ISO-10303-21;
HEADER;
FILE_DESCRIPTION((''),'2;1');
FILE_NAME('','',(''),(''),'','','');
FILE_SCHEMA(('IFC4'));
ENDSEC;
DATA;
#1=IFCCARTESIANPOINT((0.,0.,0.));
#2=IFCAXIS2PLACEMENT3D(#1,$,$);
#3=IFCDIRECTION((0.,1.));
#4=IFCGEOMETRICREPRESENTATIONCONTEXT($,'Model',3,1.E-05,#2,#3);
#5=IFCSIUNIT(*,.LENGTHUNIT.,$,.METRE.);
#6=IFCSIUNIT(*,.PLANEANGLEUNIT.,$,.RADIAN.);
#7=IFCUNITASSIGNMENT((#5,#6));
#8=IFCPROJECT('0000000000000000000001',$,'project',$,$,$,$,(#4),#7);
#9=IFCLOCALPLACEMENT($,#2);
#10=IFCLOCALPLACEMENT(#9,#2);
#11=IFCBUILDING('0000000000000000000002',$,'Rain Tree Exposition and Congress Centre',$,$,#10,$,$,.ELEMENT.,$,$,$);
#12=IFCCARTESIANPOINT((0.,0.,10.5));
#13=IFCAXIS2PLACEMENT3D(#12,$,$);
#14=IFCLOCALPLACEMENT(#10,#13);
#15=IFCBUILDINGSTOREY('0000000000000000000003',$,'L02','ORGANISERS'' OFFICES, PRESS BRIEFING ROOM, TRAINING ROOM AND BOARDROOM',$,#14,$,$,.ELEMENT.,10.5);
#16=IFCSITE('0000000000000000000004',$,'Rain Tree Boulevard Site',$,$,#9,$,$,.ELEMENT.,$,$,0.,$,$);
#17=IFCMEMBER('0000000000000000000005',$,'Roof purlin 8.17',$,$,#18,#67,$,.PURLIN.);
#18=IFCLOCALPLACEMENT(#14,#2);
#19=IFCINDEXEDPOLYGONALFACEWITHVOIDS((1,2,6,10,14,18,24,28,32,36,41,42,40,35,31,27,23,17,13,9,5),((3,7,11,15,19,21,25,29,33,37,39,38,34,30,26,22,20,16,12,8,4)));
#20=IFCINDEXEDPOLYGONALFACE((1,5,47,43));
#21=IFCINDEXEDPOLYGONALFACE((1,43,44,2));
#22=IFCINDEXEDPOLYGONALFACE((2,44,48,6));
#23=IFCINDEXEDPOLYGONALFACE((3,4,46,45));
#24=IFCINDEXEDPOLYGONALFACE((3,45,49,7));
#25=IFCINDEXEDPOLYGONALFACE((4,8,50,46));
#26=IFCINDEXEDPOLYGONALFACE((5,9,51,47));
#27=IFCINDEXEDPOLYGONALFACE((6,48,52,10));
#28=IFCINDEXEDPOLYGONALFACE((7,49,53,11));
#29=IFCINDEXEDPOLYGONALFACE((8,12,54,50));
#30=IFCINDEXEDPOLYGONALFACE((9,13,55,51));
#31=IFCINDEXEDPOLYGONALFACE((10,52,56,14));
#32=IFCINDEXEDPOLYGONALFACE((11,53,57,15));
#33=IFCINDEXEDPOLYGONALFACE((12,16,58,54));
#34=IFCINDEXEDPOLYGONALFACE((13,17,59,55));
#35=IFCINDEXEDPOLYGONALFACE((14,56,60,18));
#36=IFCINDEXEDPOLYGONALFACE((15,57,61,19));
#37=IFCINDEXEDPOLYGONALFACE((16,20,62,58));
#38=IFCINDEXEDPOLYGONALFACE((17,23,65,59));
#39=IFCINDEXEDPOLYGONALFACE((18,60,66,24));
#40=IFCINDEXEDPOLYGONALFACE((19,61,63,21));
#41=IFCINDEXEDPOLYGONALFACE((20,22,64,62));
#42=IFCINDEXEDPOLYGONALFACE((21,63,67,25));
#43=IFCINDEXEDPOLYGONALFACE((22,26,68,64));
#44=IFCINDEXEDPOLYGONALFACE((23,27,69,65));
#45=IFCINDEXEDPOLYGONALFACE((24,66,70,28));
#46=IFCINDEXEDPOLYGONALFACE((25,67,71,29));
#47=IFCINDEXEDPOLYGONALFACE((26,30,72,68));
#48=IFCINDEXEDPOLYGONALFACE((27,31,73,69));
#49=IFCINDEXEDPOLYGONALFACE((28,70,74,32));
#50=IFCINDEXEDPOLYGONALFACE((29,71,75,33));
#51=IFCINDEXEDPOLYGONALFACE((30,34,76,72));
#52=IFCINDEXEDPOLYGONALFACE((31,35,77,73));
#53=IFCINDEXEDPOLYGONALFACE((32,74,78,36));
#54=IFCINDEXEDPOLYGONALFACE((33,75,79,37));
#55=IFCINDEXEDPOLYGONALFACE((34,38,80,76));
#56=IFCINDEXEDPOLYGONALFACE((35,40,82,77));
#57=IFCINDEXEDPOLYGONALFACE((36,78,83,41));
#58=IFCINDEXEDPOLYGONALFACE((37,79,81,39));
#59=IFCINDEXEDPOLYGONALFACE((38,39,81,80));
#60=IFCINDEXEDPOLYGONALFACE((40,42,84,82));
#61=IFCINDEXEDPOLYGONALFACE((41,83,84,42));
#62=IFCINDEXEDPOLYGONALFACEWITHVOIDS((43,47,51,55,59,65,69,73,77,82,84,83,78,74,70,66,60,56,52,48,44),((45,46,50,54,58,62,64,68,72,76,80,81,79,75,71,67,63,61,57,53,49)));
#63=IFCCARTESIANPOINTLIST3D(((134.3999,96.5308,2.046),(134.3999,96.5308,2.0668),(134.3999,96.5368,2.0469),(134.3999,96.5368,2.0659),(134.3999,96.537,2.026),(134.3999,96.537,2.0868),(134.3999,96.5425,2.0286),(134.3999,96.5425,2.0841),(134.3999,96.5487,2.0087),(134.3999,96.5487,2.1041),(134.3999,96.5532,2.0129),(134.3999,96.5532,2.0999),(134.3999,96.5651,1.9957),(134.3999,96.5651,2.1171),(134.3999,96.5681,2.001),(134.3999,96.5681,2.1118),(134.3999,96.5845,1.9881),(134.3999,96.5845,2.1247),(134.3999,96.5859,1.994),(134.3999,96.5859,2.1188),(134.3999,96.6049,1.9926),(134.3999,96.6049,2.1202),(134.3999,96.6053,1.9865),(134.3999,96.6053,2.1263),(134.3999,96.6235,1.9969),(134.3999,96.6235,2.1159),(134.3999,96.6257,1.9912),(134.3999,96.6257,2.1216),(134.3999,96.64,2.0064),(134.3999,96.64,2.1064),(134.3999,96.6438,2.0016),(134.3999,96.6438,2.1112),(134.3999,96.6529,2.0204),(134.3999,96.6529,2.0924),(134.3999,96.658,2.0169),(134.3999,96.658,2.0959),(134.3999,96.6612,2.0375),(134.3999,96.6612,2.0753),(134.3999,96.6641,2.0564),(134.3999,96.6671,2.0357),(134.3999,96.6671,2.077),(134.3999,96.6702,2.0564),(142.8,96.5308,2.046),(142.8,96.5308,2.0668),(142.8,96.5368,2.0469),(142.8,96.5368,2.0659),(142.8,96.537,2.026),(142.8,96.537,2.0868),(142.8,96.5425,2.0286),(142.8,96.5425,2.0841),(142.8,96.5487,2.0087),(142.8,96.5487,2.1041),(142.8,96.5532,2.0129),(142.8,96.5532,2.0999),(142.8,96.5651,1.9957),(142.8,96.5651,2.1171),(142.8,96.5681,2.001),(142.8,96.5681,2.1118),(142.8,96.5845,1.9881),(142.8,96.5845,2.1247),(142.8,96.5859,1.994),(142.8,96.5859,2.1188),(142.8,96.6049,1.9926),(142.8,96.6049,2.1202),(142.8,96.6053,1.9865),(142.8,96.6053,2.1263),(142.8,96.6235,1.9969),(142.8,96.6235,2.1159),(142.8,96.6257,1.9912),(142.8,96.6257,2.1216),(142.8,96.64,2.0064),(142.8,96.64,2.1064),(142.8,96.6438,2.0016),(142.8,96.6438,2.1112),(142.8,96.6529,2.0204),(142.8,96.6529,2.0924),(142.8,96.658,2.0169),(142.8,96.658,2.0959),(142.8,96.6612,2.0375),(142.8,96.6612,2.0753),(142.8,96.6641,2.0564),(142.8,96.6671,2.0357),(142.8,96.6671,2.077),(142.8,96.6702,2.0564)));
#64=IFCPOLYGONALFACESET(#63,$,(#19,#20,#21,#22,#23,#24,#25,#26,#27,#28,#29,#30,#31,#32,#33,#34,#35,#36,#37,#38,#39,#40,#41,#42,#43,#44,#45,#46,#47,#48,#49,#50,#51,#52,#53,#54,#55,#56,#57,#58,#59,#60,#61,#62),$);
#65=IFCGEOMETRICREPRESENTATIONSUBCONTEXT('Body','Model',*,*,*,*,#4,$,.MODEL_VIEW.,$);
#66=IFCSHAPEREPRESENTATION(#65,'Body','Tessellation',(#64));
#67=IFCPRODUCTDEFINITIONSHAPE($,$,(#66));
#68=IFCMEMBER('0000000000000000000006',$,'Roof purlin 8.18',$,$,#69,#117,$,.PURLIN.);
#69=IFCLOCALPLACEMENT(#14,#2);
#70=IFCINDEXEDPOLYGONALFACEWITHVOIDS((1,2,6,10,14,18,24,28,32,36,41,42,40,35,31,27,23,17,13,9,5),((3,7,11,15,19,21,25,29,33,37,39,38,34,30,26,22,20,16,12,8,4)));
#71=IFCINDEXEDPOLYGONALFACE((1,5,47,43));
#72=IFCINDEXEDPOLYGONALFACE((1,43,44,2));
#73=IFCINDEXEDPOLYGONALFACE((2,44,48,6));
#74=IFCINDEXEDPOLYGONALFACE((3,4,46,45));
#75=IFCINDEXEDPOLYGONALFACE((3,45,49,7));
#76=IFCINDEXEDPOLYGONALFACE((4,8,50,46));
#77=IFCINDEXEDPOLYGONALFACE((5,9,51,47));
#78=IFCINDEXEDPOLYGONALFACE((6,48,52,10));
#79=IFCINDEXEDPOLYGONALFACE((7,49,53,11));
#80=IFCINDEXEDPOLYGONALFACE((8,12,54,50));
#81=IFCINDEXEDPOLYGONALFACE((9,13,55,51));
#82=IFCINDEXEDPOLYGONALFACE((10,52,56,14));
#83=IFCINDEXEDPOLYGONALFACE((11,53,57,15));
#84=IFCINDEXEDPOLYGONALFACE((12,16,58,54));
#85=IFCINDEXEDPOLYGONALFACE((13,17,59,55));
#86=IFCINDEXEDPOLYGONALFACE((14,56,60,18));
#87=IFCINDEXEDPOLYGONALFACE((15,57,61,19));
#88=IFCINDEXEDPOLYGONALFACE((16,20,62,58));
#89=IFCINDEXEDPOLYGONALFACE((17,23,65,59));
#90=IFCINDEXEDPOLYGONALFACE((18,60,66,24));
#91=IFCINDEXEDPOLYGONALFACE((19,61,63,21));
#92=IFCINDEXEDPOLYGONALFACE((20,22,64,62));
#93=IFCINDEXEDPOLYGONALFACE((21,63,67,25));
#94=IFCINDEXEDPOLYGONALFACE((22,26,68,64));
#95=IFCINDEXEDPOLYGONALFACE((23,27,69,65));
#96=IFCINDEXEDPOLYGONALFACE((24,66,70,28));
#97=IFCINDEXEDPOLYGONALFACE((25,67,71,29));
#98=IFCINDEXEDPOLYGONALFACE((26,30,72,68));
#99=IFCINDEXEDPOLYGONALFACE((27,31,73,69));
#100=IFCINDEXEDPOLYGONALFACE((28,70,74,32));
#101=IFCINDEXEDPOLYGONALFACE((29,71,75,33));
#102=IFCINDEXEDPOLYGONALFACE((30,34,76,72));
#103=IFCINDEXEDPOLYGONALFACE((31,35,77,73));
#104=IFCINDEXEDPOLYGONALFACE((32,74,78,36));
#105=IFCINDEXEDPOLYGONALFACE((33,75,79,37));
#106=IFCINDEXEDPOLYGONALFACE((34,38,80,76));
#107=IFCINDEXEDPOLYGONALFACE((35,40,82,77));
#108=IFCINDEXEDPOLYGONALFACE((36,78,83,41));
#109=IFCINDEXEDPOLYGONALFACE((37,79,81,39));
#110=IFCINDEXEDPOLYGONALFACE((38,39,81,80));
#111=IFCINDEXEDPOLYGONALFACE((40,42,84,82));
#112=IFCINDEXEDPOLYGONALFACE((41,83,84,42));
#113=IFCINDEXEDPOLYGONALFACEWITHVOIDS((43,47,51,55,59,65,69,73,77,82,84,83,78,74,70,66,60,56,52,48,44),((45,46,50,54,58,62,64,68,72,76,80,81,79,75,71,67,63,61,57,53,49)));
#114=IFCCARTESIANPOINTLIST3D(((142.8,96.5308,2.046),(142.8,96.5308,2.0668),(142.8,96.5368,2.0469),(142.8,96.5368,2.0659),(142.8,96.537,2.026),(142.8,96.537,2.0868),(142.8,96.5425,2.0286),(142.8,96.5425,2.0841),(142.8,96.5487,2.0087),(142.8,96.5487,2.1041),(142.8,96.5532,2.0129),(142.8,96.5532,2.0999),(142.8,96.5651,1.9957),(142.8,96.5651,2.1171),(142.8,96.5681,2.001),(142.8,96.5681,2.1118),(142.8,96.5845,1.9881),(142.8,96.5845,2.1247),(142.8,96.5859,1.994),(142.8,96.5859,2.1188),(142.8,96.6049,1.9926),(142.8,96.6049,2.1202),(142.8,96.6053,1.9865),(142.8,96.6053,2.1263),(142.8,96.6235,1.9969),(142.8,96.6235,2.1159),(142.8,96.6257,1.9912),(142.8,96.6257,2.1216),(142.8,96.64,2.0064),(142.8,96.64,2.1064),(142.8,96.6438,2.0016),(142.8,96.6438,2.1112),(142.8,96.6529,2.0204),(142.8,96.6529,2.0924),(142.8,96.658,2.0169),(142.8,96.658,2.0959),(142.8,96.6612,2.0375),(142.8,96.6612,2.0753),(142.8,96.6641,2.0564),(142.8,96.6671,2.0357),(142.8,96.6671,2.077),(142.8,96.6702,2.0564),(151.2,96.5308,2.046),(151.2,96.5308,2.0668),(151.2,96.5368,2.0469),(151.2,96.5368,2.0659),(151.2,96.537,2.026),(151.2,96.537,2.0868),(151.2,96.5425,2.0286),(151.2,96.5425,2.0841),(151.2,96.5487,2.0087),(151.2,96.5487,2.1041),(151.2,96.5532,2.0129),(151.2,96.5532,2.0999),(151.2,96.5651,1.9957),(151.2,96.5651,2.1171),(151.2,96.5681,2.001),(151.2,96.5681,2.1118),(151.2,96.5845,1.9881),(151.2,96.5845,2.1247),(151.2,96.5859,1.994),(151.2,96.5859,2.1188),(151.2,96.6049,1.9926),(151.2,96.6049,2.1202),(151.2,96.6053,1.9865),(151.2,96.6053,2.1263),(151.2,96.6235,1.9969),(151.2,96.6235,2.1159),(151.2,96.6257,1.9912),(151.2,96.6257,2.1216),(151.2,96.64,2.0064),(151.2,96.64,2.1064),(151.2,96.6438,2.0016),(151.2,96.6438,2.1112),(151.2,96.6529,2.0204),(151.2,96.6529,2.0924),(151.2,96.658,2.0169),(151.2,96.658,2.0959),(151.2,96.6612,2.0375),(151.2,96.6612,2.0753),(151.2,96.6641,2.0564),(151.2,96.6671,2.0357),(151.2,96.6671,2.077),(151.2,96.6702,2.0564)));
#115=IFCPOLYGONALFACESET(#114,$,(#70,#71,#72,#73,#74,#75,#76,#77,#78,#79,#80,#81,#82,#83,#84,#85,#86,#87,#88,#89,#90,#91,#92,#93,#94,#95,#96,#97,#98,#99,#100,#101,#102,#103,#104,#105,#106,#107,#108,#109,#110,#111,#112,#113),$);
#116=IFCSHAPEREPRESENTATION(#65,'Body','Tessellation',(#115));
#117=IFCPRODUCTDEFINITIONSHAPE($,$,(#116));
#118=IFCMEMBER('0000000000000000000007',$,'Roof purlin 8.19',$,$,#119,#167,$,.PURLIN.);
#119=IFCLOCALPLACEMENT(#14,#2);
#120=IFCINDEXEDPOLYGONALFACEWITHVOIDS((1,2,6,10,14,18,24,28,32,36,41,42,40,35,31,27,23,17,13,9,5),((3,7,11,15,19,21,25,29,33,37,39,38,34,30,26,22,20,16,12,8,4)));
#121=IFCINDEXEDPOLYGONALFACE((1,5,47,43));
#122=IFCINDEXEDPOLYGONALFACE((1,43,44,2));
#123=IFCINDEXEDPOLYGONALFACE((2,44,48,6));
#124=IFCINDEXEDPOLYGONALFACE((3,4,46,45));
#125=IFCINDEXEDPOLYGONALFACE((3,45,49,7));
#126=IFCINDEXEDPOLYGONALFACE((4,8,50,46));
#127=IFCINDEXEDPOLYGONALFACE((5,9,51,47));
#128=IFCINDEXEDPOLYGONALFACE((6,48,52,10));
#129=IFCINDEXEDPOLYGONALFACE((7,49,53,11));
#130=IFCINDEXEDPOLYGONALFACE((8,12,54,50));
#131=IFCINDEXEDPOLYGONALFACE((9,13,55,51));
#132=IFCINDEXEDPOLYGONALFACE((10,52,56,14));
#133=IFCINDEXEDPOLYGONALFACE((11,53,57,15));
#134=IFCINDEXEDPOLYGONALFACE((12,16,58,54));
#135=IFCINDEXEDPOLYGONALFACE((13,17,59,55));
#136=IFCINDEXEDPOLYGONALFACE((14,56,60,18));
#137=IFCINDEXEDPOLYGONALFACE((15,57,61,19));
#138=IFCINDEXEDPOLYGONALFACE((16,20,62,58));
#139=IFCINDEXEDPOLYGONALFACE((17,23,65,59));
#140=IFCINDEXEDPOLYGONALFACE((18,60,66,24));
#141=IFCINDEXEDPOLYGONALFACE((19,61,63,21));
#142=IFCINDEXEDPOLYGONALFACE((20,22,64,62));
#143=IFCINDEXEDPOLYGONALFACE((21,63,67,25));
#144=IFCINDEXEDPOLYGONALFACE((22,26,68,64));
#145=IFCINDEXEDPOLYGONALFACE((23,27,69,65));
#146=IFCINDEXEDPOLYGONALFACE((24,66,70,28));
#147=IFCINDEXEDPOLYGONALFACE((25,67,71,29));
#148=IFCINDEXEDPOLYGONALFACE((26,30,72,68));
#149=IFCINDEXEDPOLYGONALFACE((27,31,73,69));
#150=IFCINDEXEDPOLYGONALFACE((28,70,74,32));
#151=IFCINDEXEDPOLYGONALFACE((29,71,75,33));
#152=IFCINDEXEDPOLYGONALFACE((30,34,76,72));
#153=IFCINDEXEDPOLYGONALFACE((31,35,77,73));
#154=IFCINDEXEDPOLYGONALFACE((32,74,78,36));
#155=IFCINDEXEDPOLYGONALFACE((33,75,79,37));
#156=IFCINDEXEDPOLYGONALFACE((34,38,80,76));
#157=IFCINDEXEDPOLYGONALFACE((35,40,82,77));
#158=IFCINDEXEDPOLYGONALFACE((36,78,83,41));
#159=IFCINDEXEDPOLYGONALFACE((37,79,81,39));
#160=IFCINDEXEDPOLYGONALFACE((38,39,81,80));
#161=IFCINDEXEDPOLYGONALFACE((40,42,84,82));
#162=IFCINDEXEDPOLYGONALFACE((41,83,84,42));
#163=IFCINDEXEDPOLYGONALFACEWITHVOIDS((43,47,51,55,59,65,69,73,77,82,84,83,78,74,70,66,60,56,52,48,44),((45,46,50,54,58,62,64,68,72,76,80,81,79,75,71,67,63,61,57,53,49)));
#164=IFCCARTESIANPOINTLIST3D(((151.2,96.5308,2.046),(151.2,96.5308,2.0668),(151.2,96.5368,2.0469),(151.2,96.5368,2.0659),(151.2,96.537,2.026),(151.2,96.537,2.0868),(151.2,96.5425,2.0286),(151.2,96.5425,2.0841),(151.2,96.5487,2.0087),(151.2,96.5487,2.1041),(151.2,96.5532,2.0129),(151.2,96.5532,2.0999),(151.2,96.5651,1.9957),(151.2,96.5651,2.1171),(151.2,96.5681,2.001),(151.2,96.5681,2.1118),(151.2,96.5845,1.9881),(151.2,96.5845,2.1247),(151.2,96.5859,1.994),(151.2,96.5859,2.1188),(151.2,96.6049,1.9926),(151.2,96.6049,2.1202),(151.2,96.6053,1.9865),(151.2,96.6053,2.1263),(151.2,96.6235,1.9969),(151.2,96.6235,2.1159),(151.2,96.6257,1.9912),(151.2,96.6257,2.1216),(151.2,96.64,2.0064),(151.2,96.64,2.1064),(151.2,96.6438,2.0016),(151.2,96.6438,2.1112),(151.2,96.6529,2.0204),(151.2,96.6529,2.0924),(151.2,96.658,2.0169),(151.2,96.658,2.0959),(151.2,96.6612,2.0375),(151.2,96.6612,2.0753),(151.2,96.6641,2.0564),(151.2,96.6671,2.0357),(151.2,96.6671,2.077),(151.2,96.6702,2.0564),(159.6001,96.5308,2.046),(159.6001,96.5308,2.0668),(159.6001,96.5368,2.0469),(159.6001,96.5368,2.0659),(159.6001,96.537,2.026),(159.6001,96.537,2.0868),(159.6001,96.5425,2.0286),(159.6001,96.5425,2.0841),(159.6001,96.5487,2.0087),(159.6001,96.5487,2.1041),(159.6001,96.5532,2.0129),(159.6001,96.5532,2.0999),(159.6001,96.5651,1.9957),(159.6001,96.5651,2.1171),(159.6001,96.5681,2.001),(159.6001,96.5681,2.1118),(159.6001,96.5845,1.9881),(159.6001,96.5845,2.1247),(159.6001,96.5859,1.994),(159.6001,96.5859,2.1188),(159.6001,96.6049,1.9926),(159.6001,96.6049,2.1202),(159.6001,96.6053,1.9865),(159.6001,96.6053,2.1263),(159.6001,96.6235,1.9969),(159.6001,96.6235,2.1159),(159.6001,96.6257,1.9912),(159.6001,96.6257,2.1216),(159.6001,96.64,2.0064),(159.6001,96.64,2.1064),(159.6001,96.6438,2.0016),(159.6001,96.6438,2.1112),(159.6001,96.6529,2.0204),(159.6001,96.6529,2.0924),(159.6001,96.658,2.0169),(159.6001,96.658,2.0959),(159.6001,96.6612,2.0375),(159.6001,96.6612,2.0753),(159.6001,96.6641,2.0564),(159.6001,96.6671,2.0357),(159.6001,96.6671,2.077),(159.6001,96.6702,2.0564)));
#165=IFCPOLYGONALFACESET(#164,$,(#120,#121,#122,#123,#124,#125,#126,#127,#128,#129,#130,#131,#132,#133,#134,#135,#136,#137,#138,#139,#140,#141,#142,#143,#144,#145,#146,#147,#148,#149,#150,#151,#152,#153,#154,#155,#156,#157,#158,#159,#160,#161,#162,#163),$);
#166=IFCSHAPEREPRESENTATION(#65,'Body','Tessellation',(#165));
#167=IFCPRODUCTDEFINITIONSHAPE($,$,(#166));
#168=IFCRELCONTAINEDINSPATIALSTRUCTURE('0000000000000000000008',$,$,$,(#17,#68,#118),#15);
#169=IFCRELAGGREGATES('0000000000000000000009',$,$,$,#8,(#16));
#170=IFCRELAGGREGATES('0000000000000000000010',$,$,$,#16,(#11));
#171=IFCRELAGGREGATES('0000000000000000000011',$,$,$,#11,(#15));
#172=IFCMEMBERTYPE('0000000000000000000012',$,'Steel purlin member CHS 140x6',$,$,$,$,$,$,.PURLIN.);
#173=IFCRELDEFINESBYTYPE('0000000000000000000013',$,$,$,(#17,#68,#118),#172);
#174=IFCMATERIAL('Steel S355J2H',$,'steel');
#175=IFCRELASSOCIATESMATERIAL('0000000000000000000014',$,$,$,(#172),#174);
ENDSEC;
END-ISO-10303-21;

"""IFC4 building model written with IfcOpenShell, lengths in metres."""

from ifc_helpers import new_model, si_unit, direction, frame, origin, origin_2d, place, context, subcontext, project, spatial, hollow_circle, extrude, material, material_profile, profile_set, type_object, element, save


model = new_model("IFC4")

# Units and contexts
model_context = context("Model", 3, precision=1e-05, world=origin(), true_north=direction((0.0, 1.0)))
body_context = subcontext(model_context, "Body", "Model", "MODEL_VIEW")
ifc_project = project(units=[si_unit("LENGTHUNIT", "METRE"), si_unit("PLANEANGLEUNIT", "RADIAN")], contexts=[model_context])

# Site, building, storey
site_placement = place(None, origin())
site = spatial("IfcSite", under=ifc_project, at=site_placement, Name="Rain Tree Boulevard Site", CompositionType="ELEMENT", RefElevation=0.0)
building_placement = place(site_placement, origin())
building = spatial("IfcBuilding", under=site, at=building_placement, Name="Rain Tree Exposition and Congress Centre", CompositionType="ELEMENT")
storey_placement = place(building_placement, frame((0.0, 0.0, 10.5)))
storey = spatial("IfcBuildingStorey", under=building, at=storey_placement, Name="L02", Description="ORGANISERS' OFFICES, PRESS BRIEFING ROOM, TRAINING ROOM AND BOARDROOM", CompositionType="ELEMENT", Elevation=10.5)

# Members
ifc_material_1 = material(Name="Steel S355J2H", Category="steel")
ifc_material_profile_1 = material_profile(ifc_material_1, hollow_circle(Radius=0.0701, WallThickness=0.0061, at=origin_2d()), Name="CHS 140x6")
ifc_profile_set_1 = profile_set([ifc_material_profile_1], Name="Steel S355J2H")
member_type_1 = type_object("IfcMemberType", Name="Steel purlin member CHS 140x6", PredefinedType="PURLIN", material=ifc_profile_set_1)
member_1_placement = place(storey_placement, frame((134.3999, 96.6001, 2.0564), z_axis=(1.0, 0.0, 0.0), x_axis=(0.0, 1.0, 0.0)))
element("IfcMember", 1, at=member_1_placement, inside=storey, type_object=member_type_1, Name="Roof purlin 8.17", PredefinedType="PURLIN", context=body_context, shape_type="SweptSolid", body=[
    extrude(hollow_circle(Radius=0.0701, WallThickness=0.0061, at=origin_2d()), origin(), (0.0, 0.0, 1.0), 8.4001),
])
member_2_placement = place(storey_placement, frame((142.8, 96.6001, 2.0564), z_axis=(1.0, 0.0, 0.0), x_axis=(0.0, 1.0, 0.0)))
element("IfcMember", 2, at=member_2_placement, inside=storey, type_object=member_type_1, Name="Roof purlin 8.18", PredefinedType="PURLIN", context=body_context, shape_type="SweptSolid", body=[
    extrude(hollow_circle(Radius=0.0701, WallThickness=0.0061, at=origin_2d()), origin(), (0.0, 0.0, 1.0), 8.3999),
])
member_3_placement = place(storey_placement, frame((151.2, 96.6001, 2.0564), z_axis=(1.0, 0.0, 0.0), x_axis=(0.0, 1.0, 0.0)))
element("IfcMember", 3, at=member_3_placement, inside=storey, type_object=member_type_1, Name="Roof purlin 8.19", PredefinedType="PURLIN", context=body_context, shape_type="SweptSolid", body=[
    extrude(hollow_circle(Radius=0.0701, WallThickness=0.0061, at=origin_2d()), origin(), (0.0, 0.0, 1.0), 8.4001),
])

save(model, "model.ifc")
